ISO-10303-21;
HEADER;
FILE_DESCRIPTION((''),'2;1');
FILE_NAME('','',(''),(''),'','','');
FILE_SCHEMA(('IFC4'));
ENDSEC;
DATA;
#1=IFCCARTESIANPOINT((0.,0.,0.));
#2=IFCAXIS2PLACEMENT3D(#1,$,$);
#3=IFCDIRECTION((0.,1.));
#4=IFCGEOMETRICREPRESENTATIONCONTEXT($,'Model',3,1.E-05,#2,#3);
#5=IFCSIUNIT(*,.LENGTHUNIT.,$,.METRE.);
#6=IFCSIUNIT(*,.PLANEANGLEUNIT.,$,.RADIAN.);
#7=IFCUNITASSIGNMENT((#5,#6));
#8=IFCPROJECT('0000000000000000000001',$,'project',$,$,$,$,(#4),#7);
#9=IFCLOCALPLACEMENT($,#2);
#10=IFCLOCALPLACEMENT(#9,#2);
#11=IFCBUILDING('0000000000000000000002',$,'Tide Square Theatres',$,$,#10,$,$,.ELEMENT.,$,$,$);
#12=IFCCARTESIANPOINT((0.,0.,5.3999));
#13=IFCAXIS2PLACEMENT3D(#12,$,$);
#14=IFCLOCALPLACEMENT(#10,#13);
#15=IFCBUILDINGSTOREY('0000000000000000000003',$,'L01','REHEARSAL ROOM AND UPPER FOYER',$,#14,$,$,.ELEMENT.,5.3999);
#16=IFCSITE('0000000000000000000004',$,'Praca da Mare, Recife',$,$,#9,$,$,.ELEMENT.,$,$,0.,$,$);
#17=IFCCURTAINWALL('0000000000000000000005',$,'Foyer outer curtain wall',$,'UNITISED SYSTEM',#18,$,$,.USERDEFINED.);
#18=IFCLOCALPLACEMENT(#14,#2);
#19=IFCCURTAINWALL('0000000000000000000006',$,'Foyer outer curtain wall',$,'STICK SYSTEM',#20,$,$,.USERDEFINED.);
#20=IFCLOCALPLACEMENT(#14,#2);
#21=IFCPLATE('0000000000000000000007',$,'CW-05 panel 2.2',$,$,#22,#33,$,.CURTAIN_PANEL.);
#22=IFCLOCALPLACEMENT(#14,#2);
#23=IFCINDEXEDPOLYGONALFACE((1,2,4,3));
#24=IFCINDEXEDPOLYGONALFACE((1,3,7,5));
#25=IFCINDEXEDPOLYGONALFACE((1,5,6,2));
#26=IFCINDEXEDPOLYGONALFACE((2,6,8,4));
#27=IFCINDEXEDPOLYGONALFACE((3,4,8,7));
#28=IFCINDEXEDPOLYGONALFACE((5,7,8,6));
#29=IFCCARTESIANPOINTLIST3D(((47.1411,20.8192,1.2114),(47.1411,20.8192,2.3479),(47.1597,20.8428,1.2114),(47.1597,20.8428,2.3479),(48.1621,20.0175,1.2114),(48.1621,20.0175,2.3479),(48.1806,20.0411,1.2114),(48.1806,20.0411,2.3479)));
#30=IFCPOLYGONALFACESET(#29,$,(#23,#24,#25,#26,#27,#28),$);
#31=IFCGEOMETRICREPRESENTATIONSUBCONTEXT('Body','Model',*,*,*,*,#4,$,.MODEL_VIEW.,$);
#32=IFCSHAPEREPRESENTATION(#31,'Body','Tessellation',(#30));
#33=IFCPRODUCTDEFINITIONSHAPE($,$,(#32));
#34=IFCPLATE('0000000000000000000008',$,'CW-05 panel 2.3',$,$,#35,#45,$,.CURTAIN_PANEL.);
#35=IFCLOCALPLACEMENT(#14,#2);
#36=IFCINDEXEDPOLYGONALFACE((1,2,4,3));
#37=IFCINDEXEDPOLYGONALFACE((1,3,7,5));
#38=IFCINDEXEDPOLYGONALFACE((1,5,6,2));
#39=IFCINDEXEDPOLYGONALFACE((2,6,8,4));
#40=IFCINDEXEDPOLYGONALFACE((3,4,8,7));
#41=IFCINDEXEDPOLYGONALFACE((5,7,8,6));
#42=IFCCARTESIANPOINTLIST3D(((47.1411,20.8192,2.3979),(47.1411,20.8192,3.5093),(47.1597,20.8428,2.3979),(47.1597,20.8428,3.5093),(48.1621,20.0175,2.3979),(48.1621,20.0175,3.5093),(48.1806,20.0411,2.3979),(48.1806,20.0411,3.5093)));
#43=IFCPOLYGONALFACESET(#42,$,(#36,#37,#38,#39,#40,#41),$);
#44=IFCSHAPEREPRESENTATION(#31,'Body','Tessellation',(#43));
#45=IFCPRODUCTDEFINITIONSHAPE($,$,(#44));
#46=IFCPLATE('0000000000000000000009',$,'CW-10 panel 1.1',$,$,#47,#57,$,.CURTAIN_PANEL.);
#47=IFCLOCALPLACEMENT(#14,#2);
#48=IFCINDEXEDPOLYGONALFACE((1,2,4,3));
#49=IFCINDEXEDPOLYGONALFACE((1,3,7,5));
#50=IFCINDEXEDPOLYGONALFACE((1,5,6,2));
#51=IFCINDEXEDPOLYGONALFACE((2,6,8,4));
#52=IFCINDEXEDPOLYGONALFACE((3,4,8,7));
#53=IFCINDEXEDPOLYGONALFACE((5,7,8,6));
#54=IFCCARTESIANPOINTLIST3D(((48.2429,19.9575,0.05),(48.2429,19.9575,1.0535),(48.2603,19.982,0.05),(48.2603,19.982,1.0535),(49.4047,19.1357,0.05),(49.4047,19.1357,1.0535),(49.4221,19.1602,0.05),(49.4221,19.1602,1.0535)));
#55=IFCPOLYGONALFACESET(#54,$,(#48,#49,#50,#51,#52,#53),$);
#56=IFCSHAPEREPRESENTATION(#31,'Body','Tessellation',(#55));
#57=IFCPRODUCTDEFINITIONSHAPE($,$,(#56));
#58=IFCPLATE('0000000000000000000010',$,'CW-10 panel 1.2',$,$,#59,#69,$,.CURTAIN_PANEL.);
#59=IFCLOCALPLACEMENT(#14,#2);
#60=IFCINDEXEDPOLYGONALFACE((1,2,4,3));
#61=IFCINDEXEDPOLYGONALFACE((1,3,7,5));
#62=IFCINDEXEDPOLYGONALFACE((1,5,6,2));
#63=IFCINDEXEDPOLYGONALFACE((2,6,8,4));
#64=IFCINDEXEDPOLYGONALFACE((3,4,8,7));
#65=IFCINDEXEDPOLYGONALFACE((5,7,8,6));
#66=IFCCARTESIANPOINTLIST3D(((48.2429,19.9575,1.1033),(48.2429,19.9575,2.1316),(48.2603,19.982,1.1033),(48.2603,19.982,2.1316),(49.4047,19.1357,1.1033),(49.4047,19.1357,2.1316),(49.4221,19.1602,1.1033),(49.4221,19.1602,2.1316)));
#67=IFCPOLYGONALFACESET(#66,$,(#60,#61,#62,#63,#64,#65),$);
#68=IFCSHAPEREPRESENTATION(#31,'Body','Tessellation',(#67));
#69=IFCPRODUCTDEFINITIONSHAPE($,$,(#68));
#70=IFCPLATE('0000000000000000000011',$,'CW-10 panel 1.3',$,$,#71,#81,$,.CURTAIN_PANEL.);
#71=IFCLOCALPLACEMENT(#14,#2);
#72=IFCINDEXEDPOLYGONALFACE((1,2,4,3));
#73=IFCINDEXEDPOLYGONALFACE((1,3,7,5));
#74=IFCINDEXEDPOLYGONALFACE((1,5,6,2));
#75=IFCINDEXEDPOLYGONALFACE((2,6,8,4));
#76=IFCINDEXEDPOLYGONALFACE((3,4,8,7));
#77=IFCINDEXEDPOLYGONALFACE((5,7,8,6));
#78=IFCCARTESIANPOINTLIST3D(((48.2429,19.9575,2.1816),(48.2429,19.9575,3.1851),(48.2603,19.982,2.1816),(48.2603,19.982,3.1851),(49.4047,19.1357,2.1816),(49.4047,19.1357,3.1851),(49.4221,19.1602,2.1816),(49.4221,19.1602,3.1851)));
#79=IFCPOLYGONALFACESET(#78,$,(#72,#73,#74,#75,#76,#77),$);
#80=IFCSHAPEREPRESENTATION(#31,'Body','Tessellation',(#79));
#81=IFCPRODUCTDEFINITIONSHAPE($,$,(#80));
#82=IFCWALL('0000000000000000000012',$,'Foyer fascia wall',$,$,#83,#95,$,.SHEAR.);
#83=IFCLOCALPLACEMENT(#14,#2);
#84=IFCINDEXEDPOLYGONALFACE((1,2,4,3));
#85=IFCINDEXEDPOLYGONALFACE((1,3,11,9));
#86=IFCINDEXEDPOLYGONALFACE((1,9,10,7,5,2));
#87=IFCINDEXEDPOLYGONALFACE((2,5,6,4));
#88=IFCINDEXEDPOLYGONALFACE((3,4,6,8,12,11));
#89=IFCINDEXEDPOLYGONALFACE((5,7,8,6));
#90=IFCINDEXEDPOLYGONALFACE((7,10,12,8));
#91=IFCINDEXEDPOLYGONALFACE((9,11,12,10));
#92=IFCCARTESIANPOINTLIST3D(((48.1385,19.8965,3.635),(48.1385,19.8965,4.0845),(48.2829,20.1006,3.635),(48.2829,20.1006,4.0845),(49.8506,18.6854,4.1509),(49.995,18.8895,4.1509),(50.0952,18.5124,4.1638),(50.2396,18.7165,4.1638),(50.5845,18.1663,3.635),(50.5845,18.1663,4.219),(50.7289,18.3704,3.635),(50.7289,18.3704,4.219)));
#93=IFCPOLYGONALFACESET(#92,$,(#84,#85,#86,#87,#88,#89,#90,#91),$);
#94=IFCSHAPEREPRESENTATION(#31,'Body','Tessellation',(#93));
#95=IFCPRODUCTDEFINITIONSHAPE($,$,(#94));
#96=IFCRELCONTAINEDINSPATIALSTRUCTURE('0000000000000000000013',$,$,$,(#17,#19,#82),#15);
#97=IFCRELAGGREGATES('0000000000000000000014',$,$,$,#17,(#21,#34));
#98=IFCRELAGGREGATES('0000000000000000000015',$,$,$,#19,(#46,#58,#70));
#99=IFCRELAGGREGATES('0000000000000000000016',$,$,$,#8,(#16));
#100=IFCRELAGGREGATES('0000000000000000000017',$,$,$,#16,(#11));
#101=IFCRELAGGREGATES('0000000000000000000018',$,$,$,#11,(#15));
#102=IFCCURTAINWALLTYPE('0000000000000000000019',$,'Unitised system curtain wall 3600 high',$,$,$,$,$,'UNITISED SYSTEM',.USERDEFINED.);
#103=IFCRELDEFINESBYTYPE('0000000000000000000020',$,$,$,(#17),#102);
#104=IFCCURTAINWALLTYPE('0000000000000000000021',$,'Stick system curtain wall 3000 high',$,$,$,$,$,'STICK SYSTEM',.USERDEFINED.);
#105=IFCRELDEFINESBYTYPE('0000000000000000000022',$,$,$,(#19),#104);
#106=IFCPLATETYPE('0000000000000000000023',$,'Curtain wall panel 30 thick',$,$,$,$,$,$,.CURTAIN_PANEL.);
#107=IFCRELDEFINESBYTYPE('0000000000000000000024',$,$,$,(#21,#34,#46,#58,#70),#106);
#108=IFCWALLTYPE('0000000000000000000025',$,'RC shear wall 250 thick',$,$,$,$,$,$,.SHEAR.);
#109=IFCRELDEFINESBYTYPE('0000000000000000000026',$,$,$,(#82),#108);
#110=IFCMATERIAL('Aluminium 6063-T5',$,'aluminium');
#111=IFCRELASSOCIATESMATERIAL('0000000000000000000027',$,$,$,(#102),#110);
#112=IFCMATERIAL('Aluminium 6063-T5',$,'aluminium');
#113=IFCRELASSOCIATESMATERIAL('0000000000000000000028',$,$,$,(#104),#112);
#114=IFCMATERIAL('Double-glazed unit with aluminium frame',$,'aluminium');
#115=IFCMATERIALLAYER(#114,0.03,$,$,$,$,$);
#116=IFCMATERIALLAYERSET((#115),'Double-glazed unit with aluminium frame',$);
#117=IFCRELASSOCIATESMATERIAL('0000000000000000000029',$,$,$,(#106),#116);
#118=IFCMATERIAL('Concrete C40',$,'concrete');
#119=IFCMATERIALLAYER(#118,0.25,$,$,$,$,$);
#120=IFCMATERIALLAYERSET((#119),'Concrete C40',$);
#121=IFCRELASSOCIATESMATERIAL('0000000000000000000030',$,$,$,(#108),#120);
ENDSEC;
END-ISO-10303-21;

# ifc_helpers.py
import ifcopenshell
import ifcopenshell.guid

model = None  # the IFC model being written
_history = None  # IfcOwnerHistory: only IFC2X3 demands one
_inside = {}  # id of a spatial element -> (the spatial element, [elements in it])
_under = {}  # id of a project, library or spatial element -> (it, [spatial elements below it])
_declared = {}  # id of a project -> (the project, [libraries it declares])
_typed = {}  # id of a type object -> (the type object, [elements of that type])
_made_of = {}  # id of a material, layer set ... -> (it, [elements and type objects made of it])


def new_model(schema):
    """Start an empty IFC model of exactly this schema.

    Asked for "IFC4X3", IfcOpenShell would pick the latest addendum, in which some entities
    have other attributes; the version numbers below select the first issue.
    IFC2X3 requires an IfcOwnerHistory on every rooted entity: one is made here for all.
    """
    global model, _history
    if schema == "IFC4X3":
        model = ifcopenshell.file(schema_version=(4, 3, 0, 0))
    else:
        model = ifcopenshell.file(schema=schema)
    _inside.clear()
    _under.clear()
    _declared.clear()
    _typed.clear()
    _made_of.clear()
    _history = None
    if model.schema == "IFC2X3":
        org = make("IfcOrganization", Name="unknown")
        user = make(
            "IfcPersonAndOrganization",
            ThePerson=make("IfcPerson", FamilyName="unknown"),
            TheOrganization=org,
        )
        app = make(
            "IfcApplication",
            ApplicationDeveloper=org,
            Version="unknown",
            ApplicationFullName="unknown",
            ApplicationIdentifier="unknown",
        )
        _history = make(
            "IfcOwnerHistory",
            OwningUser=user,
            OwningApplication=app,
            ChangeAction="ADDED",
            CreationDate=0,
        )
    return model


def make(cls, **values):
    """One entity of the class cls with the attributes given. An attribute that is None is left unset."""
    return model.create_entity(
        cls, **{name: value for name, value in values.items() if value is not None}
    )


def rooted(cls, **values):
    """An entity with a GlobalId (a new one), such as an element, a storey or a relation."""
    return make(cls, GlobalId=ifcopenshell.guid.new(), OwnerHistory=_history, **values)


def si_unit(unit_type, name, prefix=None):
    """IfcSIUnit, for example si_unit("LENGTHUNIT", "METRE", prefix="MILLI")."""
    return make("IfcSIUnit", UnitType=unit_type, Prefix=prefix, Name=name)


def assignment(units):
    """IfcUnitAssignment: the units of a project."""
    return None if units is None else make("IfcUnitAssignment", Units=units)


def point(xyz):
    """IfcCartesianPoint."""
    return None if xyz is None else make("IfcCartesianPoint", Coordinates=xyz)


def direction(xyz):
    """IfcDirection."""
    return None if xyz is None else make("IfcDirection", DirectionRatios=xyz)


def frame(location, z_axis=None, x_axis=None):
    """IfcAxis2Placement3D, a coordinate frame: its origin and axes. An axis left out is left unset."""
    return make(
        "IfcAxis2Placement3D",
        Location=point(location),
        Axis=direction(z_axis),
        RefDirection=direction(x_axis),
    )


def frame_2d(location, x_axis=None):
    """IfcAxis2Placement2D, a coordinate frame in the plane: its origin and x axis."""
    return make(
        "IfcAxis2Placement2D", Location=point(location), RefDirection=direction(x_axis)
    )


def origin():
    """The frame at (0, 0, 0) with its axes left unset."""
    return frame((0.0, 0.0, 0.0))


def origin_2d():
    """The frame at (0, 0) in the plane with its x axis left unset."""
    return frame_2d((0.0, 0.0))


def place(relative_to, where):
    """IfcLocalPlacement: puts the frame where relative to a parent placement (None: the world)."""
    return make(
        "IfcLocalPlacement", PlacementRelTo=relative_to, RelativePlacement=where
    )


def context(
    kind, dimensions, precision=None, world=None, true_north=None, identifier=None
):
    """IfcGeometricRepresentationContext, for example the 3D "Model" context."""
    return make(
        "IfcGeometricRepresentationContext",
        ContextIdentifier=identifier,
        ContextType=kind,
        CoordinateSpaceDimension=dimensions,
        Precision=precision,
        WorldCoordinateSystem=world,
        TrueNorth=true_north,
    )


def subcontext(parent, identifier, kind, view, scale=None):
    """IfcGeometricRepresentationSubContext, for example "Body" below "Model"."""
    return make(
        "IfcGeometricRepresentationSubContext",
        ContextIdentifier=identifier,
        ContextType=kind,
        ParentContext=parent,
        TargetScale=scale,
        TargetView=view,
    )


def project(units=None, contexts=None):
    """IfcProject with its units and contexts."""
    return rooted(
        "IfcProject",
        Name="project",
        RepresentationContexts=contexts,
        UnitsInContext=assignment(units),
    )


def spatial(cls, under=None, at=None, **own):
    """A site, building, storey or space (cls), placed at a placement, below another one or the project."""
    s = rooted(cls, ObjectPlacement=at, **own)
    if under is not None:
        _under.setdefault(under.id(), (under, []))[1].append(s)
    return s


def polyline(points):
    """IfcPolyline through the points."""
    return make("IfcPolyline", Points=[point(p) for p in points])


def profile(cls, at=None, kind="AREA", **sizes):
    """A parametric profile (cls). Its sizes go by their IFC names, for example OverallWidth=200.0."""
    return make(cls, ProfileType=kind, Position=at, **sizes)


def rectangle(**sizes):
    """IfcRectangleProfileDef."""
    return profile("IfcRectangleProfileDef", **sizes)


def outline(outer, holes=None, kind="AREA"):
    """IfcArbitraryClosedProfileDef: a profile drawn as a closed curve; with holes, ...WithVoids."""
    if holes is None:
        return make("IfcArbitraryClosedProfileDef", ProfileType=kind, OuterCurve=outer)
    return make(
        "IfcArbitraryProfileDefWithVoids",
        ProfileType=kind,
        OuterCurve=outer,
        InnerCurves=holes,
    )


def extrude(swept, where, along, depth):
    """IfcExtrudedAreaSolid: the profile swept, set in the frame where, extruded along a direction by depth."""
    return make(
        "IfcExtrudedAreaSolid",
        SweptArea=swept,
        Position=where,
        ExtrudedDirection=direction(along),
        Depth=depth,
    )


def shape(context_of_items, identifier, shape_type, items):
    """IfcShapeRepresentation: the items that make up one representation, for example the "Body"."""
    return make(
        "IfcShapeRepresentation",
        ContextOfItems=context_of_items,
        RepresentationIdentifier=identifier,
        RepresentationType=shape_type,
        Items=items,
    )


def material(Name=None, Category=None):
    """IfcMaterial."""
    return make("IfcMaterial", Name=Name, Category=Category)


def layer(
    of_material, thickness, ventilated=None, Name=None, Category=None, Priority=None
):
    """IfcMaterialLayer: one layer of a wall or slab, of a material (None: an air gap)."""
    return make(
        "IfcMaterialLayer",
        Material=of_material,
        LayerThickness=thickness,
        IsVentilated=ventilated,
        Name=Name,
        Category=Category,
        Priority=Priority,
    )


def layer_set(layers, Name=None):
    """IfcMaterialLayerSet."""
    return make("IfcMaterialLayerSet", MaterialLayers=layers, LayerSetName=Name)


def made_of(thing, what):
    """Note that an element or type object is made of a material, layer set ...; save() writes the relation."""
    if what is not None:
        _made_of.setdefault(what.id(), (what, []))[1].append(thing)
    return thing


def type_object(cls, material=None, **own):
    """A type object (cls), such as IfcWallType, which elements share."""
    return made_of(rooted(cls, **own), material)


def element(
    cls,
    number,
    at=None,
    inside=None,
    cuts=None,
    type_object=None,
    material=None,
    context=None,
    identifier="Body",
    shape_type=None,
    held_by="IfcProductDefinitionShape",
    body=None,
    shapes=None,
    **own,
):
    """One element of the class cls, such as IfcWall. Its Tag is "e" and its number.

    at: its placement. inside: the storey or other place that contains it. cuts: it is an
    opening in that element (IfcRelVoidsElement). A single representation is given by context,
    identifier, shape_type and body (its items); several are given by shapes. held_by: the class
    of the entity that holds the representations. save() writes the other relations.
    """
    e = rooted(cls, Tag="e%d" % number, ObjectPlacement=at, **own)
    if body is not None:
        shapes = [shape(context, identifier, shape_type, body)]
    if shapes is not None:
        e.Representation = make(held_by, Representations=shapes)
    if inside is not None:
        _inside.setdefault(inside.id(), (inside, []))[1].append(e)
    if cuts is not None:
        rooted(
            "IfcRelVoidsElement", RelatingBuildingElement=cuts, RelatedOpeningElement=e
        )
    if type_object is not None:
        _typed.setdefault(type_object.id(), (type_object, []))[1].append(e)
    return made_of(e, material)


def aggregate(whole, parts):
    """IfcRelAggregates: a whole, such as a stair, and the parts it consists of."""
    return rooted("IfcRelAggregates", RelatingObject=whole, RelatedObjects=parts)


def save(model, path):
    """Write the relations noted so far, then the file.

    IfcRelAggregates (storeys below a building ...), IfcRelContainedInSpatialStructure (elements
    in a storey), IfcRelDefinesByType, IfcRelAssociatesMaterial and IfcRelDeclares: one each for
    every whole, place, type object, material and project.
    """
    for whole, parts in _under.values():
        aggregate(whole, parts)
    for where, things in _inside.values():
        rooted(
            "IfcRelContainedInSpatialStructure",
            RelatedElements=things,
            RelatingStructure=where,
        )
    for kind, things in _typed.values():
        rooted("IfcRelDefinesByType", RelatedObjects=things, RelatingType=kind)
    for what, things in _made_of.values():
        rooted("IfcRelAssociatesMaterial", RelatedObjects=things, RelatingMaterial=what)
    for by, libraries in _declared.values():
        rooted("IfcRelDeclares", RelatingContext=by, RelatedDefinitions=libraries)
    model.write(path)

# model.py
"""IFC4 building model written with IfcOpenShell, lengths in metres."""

from ifc_helpers import new_model, si_unit, direction, frame, origin, origin_2d, place, context, subcontext, project, spatial, polyline, rectangle, outline, extrude, material, layer, layer_set, type_object, element, aggregate, save


model = new_model("IFC4")

# Units and contexts
model_context = context("Model", 3, precision=1e-05, world=origin(), true_north=direction((0.0, 1.0)))
body_context = subcontext(model_context, "Body", "Model", "MODEL_VIEW")
ifc_project = project(units=[si_unit("LENGTHUNIT", "METRE"), si_unit("PLANEANGLEUNIT", "RADIAN")], contexts=[model_context])

# Site, building, storey
site_placement = place(None, origin())
site = spatial("IfcSite", under=ifc_project, at=site_placement, Name="Praca da Mare, Recife", CompositionType="ELEMENT", RefElevation=0.0)
building_placement = place(site_placement, origin())
building = spatial("IfcBuilding", under=site, at=building_placement, Name="Tide Square Theatres", CompositionType="ELEMENT")
storey_placement = place(building_placement, frame((0.0, 0.0, 5.3999)))
storey = spatial("IfcBuildingStorey", under=building, at=storey_placement, Name="L01", Description="REHEARSAL ROOM AND UPPER FOYER", CompositionType="ELEMENT", Elevation=5.3999)

# Curtain wall
ifc_material_1 = material(Name="Aluminium 6063-T5", Category="aluminium")
curtain_wall_type_1 = type_object("IfcCurtainWallType", Name="Unitised system curtain wall 3600 high", ElementType="UNITISED SYSTEM", PredefinedType="USERDEFINED", material=ifc_material_1)
curtain_wall_1_placement = place(storey_placement, origin())
curtain_wall_1 = element("IfcCurtainWall", 1, at=curtain_wall_1_placement, inside=storey, type_object=curtain_wall_type_1, Name="Foyer outer curtain wall", ObjectType="UNITISED SYSTEM", PredefinedType="USERDEFINED")

# Curtain wall
ifc_material_2 = material(Name="Aluminium 6063-T5", Category="aluminium")
curtain_wall_type_2 = type_object("IfcCurtainWallType", Name="Stick system curtain wall 3000 high", ElementType="STICK SYSTEM", PredefinedType="USERDEFINED", material=ifc_material_2)
curtain_wall_2_placement = place(storey_placement, origin())
curtain_wall_2 = element("IfcCurtainWall", 2, at=curtain_wall_2_placement, inside=storey, type_object=curtain_wall_type_2, Name="Foyer outer curtain wall", ObjectType="STICK SYSTEM", PredefinedType="USERDEFINED")

# Plates
ifc_material_3 = material(Name="Double-glazed unit with aluminium frame", Category="aluminium")
ifc_layer_1 = layer(ifc_material_3, 0.03)
ifc_layer_set_1 = layer_set([ifc_layer_1], Name="Double-glazed unit with aluminium frame")
plate_type = type_object("IfcPlateType", Name="Curtain wall panel 30 thick", PredefinedType="CURTAIN_PANEL", material=ifc_layer_set_1)
plate_1_placement = place(storey_placement, frame((47.6609, 20.4302, 1.2114), z_axis=(0.0, 0.0, 1.0), x_axis=(0.786485, -0.617609, 0.0)))
plate_1 = element("IfcPlate", 3, at=plate_1_placement, type_object=plate_type, Name="CW-05 panel 2.2", PredefinedType="CURTAIN_PANEL", context=body_context, shape_type="SweptSolid", body=[
    extrude(rectangle(XDim=1.2981, YDim=0.03, at=origin_2d()), origin(), (0.0, 0.0, 1.0), 1.1365),
])
plate_2_placement = place(storey_placement, frame((47.6609, 20.4302, 2.3979), z_axis=(0.0, 0.0, 1.0), x_axis=(0.786485, -0.617609, 0.0)))
plate_2 = element("IfcPlate", 4, at=plate_2_placement, type_object=plate_type, Name="CW-05 panel 2.3", PredefinedType="CURTAIN_PANEL", context=body_context, shape_type="SweptSolid", body=[
    extrude(rectangle(XDim=1.2981, YDim=0.03, at=origin_2d()), origin(), (0.0, 0.0, 1.0), 1.1113),
])
aggregate(curtain_wall_1, [plate_1, plate_2])
plate_3_placement = place(storey_placement, frame((48.8325, 19.5588, 0.05), z_axis=(0.0, 0.0, 1.0), x_axis=(0.816388, -0.577503, 0.0)))
plate_3 = element("IfcPlate", 5, at=plate_3_placement, type_object=plate_type, Name="CW-10 panel 1.1", PredefinedType="CURTAIN_PANEL", context=body_context, shape_type="SweptSolid", body=[
    extrude(rectangle(XDim=1.4231, YDim=0.03, at=origin_2d()), origin(), (0.0, 0.0, 1.0), 1.0034),
])
plate_4_placement = place(storey_placement, frame((48.8325, 19.5588, 1.1033), z_axis=(0.0, 0.0, 1.0), x_axis=(0.816388, -0.577503, 0.0)))
plate_4 = element("IfcPlate", 6, at=plate_4_placement, type_object=plate_type, Name="CW-10 panel 1.2", PredefinedType="CURTAIN_PANEL", context=body_context, shape_type="SweptSolid", body=[
    extrude(rectangle(XDim=1.4231, YDim=0.03, at=origin_2d()), origin(), (0.0, 0.0, 1.0), 1.0283),
])
plate_5_placement = place(storey_placement, frame((48.8325, 19.5588, 2.1816), z_axis=(0.0, 0.0, 1.0), x_axis=(0.816388, -0.577503, 0.0)))
plate_5 = element("IfcPlate", 7, at=plate_5_placement, type_object=plate_type, Name="CW-10 panel 1.3", PredefinedType="CURTAIN_PANEL", context=body_context, shape_type="SweptSolid", body=[
    extrude(rectangle(XDim=1.4231, YDim=0.03, at=origin_2d()), origin(), (0.0, 0.0, 1.0), 1.0034),
])
aggregate(curtain_wall_2, [plate_3, plate_4, plate_5])

# Wall
ifc_material_4 = material(Name="Concrete C40", Category="concrete")
ifc_layer_2 = layer(ifc_material_4, 0.25)
ifc_layer_set_2 = layer_set([ifc_layer_2], Name="Concrete C40")
wall_type = type_object("IfcWallType", Name="RC shear wall 250 thick", PredefinedType="SHEAR", material=ifc_layer_set_2)
wall_placement = place(storey_placement, frame((48.2107, 19.9985, 3.635), z_axis=(0.0, 0.0, 1.0), x_axis=(0.816401, -0.577486, 0.0)))
element("IfcWall", 8, at=wall_placement, inside=storey, type_object=wall_type, Name="Foyer fascia wall", PredefinedType="SHEAR", context=body_context, shape_type="SweptSolid", body=[
    extrude(outline(polyline([(0.0, 0.0), (2.9961, 0.0), (2.9961, 0.584), (2.3967, 0.5288), (2.0972, 0.5159), (0.0, 0.4495), (0.0, 0.0)])), frame((0.0, 0.125, 0.0), z_axis=(0.0, -1.0, 0.0), x_axis=(1.0, 0.0, 0.0)), (0.0, 0.0, 1.0), 0.25),
])

save(model, "model.ifc")
